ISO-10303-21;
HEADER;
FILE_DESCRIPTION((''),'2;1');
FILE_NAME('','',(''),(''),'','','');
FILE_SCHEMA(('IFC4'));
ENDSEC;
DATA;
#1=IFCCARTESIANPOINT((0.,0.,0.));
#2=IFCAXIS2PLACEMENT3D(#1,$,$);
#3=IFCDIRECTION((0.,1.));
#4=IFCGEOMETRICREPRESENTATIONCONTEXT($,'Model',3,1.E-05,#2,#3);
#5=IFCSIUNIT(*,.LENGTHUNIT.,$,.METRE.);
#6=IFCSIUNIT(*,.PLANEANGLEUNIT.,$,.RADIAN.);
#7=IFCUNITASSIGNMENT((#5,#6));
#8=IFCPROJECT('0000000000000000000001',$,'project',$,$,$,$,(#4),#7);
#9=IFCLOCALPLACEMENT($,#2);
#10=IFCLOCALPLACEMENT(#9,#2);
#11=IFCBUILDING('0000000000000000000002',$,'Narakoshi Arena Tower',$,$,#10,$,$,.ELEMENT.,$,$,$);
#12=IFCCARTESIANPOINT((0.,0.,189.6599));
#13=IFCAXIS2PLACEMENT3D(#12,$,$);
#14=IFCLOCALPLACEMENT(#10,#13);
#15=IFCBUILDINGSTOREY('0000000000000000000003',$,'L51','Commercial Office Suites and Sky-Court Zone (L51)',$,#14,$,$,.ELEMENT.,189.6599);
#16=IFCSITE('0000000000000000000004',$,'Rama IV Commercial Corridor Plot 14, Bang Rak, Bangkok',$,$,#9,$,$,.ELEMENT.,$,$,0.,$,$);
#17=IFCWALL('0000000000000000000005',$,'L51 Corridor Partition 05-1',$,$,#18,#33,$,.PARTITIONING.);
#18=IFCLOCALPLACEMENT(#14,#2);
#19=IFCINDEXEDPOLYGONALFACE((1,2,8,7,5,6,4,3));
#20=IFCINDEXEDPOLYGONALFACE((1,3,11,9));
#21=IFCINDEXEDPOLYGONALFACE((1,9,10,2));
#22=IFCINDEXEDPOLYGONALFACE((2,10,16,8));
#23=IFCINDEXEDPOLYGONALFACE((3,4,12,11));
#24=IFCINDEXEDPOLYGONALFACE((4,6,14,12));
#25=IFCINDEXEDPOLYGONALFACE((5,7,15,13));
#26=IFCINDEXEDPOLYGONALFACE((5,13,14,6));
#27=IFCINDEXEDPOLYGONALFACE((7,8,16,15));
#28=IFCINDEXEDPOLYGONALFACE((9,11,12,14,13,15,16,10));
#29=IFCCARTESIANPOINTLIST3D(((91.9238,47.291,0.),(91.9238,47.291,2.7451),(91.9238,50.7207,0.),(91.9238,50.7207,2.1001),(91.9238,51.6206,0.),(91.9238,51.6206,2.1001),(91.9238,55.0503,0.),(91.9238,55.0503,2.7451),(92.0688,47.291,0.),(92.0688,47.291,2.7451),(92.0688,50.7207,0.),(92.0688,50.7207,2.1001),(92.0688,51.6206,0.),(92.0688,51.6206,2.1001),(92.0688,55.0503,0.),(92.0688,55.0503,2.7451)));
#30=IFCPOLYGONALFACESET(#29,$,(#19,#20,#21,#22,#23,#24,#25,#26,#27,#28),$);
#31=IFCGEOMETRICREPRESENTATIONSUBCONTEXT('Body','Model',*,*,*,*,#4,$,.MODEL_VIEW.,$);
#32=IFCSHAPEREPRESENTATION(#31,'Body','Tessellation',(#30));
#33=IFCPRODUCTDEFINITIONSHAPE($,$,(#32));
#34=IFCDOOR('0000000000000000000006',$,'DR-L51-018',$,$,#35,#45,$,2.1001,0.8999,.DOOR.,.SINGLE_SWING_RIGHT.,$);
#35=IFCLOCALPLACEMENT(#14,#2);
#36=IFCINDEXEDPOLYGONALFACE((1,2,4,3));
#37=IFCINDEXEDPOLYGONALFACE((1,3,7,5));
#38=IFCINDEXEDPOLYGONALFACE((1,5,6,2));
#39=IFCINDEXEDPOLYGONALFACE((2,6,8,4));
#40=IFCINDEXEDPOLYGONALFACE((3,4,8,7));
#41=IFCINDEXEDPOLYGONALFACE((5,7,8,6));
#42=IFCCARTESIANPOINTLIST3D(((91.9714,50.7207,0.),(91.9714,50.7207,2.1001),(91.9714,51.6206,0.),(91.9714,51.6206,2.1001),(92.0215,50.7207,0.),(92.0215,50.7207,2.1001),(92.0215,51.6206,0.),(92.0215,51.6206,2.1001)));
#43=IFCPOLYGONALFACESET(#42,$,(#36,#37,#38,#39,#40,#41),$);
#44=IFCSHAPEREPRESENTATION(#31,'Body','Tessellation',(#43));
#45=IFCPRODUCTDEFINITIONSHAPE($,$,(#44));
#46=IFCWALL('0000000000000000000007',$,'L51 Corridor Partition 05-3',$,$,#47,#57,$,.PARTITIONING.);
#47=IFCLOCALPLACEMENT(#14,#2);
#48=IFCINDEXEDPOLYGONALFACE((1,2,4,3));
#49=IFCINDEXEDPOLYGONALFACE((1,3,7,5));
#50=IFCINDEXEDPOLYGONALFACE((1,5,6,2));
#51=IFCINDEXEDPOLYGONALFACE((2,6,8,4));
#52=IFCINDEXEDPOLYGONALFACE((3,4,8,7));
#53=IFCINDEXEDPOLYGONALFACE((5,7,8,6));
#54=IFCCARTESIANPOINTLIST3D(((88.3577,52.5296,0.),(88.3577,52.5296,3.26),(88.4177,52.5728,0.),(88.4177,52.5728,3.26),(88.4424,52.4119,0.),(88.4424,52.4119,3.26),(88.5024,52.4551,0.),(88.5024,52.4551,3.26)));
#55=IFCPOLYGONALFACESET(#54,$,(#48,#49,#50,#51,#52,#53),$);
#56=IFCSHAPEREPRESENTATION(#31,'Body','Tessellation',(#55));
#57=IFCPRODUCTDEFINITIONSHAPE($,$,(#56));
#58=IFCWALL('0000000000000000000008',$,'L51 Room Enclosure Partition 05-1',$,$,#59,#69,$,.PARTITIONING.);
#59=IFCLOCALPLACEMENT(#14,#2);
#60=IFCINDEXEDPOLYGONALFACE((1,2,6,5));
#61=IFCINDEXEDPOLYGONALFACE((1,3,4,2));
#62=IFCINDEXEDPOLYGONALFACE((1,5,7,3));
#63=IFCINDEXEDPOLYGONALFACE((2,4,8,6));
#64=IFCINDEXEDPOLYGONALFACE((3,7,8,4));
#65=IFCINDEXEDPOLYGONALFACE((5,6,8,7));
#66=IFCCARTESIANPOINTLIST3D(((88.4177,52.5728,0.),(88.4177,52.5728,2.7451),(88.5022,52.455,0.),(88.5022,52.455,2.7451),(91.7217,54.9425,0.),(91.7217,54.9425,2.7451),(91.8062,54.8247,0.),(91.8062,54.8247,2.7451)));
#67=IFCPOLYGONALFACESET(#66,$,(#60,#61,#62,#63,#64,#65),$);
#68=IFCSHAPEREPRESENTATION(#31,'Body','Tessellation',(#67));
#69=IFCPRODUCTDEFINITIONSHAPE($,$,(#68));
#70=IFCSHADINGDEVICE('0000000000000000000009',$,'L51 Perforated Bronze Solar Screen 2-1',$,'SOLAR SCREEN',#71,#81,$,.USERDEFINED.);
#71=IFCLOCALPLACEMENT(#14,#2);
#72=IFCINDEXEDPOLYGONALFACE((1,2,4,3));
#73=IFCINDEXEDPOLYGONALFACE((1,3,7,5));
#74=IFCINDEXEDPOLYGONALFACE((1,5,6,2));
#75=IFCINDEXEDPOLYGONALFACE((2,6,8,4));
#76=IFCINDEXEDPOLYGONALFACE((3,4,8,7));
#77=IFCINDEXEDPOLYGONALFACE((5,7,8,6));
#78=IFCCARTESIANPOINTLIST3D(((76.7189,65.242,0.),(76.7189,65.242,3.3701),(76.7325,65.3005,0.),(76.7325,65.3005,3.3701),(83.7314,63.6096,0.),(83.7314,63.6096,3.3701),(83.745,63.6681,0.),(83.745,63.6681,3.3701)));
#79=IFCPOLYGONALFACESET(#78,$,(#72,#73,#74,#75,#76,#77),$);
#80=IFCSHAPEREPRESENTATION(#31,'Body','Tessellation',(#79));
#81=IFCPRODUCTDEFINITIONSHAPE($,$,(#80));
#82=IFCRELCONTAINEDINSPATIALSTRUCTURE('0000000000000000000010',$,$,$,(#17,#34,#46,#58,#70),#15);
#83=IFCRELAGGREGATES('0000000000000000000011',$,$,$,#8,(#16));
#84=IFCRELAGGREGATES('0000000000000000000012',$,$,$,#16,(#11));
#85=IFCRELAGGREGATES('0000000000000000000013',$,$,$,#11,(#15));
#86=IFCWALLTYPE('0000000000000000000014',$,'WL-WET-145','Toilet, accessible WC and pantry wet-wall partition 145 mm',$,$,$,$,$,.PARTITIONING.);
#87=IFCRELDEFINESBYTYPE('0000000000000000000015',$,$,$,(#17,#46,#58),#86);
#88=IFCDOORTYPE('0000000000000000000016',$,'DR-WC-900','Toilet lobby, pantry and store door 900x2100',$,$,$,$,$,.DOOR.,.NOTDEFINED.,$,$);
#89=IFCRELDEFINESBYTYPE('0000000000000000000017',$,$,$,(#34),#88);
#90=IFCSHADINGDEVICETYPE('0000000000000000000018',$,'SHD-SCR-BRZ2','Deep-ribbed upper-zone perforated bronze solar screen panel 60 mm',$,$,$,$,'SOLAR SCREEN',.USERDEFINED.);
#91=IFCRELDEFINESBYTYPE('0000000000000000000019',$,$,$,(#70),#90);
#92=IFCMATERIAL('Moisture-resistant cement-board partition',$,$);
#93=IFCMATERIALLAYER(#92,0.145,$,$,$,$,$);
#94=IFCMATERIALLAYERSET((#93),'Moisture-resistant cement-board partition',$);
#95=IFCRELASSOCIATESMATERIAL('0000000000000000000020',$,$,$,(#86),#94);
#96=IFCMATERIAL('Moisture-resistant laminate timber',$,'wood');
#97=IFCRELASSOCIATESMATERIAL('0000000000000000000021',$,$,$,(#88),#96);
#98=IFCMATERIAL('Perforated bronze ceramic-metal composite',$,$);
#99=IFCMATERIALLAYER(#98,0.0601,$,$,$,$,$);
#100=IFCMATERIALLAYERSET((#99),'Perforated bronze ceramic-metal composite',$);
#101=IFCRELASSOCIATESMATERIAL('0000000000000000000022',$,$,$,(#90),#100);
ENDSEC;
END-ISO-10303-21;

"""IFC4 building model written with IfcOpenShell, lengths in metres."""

from ifc_helpers import new_model, si_unit, direction, frame, frame_2d, origin, origin_2d, place, context, subcontext, project, spatial, rectangle, extrude, material, layer, layer_set, type_object, element, fill, save


model = new_model("IFC4")

# Units and contexts
model_context = context("Model", 3, precision=1e-05, world=origin(), true_north=direction((0.0, 1.0)))
body_context = subcontext(model_context, "Body", "Model", "MODEL_VIEW")
ifc_project = project(units=[si_unit("LENGTHUNIT", "METRE"), si_unit("PLANEANGLEUNIT", "RADIAN")], contexts=[model_context])

# Site, building, storey
site_placement = place(None, origin())
site = spatial("IfcSite", under=ifc_project, at=site_placement, Name="Rama IV Commercial Corridor Plot 14, Bang Rak, Bangkok", CompositionType="ELEMENT", RefElevation=0.0)
building_placement = place(site_placement, origin())
building = spatial("IfcBuilding", under=site, at=building_placement, Name="Narakoshi Arena Tower", CompositionType="ELEMENT")
storey_placement = place(building_placement, frame((0.0, 0.0, 189.6599)))
storey = spatial("IfcBuildingStorey", under=building, at=storey_placement, Name="L51", Description="Commercial Office Suites and Sky-Court Zone (L51)", CompositionType="ELEMENT", Elevation=189.6599)

# Wall, opening, door
ifc_material_1 = material(Name="Moisture-resistant cement-board partition")
ifc_layer_1 = layer(ifc_material_1, 0.145)
ifc_layer_set_1 = layer_set([ifc_layer_1], Name="Moisture-resistant cement-board partition")
wall_type_1 = type_object("IfcWallType", Name="WL-WET-145", Description="Toilet, accessible WC and pantry wet-wall partition 145 mm", PredefinedType="PARTITIONING", material=ifc_layer_set_1)
wall_1_placement = place(storey_placement, frame((91.9963, 55.0503, 0.0), z_axis=(0.0, 0.0, 1.0), x_axis=(0.0, -1.0, 0.0)))
wall_1 = element("IfcWall", 1, at=wall_1_placement, inside=storey, type_object=wall_type_1, Name="L51 Corridor Partition 05-1", PredefinedType="PARTITIONING", context=body_context, shape_type="SweptSolid", body=[
    extrude(rectangle(XDim=7.7593, YDim=0.145, at=frame_2d((3.8796, 0.0))), origin(), (0.0, 0.0, 1.0), 2.7451),
])
opening_1_placement = place(wall_1_placement, frame((3.4297, 0.0, 0.0)))
opening_1 = element("IfcOpeningElement", 2, at=opening_1_placement, cuts=wall_1, PredefinedType="OPENING", context=body_context, shape_type="SweptSolid", body=[
    extrude(rectangle(XDim=0.8999, YDim=2.1001, at=frame_2d((0.45, 1.05))), frame((0.0, 0.0825, 0.0), z_axis=(0.0, -1.0, 0.0), x_axis=(1.0, 0.0, 0.0)), (0.0, 0.0, 1.0), 0.165),
])
ifc_material_2 = material(Name="Moisture-resistant laminate timber", Category="wood")
door_type_1 = type_object("IfcDoorType", Name="DR-WC-900", Description="Toilet lobby, pantry and store door 900x2100", OperationType="NOTDEFINED", PredefinedType="DOOR", material=ifc_material_2)
door_1_placement = place(opening_1_placement, frame((0.8999, 0.0, 0.0), z_axis=(0.0, 0.0, 1.0), x_axis=(-1.0, 0.0, 0.0)))
door_1 = element("IfcDoor", 3, at=door_1_placement, inside=storey, type_object=door_type_1, Name="DR-L51-018", OperationType="SINGLE_SWING_RIGHT", OverallHeight=2.1001, OverallWidth=0.8999, PredefinedType="DOOR", context=body_context, shape_type="SweptSolid", body=[
    extrude(rectangle(XDim=0.8999, YDim=2.1001, at=frame_2d((0.45, 1.05))), frame((0.0, 0.0249, 0.0), z_axis=(0.0, -1.0, 0.0), x_axis=(1.0, 0.0, 0.0)), (0.0, 0.0, 1.0), 0.05),
])
fill(opening_1, door_1)

# Walls
wall_2_placement = place(storey_placement, frame((88.3999, 52.4707, 0.0), z_axis=(0.0, 0.0, 1.0), x_axis=(0.811722, 0.584044, 0.0)))
element("IfcWall", 4, at=wall_2_placement, inside=storey, type_object=wall_type_1, Name="L51 Corridor Partition 05-3", PredefinedType="PARTITIONING", context=body_context, shape_type="SweptSolid", body=[
    extrude(rectangle(XDim=0.074, YDim=0.145, at=frame_2d((0.0371, 0.0))), origin(), (0.0, 0.0, 1.0), 3.26),
])
wall_3_placement = place(storey_placement, frame((88.46, 52.5139, 0.0), z_axis=(0.0, 0.0, 1.0), x_axis=(0.812608, 0.58281, 0.0)))
element("IfcWall", 5, at=wall_3_placement, inside=storey, type_object=wall_type_1, Name="L51 Room Enclosure Partition 05-1", PredefinedType="PARTITIONING", context=body_context, shape_type="SweptSolid", body=[
    extrude(rectangle(XDim=4.0659, YDim=0.145, at=frame_2d((2.033, 0.0))), origin(), (0.0, 0.0, 1.0), 2.7451),
])

# Shading device
ifc_material_3 = material(Name="Perforated bronze ceramic-metal composite")
ifc_layer_2 = layer(ifc_material_3, 0.0601)
ifc_layer_set_2 = layer_set([ifc_layer_2], Name="Perforated bronze ceramic-metal composite")
shading_device_type = type_object("IfcShadingDeviceType", Name="SHD-SCR-BRZ2", Description="Deep-ribbed upper-zone perforated bronze solar screen panel 60 mm", ElementType="SOLAR SCREEN", PredefinedType="USERDEFINED", material=ifc_layer_set_2)
shading_device_placement = place(storey_placement, frame((80.2319, 64.4551, 0.0), z_axis=(0.0, 0.0, 1.0), x_axis=(-0.97396, 0.226719, 0.0)))
element("IfcShadingDevice", 6, at=shading_device_placement, inside=storey, type_object=shading_device_type, Name="L51 Perforated Bronze Solar Screen 2-1", ObjectType="SOLAR SCREEN", PredefinedType="USERDEFINED", context=body_context, shape_type="SweptSolid", body=[
    extrude(rectangle(XDim=7.2, YDim=0.0601, at=origin_2d()), origin(), (0.0, 0.0, 1.0), 3.3701),
])

save(model, "model.ifc")
